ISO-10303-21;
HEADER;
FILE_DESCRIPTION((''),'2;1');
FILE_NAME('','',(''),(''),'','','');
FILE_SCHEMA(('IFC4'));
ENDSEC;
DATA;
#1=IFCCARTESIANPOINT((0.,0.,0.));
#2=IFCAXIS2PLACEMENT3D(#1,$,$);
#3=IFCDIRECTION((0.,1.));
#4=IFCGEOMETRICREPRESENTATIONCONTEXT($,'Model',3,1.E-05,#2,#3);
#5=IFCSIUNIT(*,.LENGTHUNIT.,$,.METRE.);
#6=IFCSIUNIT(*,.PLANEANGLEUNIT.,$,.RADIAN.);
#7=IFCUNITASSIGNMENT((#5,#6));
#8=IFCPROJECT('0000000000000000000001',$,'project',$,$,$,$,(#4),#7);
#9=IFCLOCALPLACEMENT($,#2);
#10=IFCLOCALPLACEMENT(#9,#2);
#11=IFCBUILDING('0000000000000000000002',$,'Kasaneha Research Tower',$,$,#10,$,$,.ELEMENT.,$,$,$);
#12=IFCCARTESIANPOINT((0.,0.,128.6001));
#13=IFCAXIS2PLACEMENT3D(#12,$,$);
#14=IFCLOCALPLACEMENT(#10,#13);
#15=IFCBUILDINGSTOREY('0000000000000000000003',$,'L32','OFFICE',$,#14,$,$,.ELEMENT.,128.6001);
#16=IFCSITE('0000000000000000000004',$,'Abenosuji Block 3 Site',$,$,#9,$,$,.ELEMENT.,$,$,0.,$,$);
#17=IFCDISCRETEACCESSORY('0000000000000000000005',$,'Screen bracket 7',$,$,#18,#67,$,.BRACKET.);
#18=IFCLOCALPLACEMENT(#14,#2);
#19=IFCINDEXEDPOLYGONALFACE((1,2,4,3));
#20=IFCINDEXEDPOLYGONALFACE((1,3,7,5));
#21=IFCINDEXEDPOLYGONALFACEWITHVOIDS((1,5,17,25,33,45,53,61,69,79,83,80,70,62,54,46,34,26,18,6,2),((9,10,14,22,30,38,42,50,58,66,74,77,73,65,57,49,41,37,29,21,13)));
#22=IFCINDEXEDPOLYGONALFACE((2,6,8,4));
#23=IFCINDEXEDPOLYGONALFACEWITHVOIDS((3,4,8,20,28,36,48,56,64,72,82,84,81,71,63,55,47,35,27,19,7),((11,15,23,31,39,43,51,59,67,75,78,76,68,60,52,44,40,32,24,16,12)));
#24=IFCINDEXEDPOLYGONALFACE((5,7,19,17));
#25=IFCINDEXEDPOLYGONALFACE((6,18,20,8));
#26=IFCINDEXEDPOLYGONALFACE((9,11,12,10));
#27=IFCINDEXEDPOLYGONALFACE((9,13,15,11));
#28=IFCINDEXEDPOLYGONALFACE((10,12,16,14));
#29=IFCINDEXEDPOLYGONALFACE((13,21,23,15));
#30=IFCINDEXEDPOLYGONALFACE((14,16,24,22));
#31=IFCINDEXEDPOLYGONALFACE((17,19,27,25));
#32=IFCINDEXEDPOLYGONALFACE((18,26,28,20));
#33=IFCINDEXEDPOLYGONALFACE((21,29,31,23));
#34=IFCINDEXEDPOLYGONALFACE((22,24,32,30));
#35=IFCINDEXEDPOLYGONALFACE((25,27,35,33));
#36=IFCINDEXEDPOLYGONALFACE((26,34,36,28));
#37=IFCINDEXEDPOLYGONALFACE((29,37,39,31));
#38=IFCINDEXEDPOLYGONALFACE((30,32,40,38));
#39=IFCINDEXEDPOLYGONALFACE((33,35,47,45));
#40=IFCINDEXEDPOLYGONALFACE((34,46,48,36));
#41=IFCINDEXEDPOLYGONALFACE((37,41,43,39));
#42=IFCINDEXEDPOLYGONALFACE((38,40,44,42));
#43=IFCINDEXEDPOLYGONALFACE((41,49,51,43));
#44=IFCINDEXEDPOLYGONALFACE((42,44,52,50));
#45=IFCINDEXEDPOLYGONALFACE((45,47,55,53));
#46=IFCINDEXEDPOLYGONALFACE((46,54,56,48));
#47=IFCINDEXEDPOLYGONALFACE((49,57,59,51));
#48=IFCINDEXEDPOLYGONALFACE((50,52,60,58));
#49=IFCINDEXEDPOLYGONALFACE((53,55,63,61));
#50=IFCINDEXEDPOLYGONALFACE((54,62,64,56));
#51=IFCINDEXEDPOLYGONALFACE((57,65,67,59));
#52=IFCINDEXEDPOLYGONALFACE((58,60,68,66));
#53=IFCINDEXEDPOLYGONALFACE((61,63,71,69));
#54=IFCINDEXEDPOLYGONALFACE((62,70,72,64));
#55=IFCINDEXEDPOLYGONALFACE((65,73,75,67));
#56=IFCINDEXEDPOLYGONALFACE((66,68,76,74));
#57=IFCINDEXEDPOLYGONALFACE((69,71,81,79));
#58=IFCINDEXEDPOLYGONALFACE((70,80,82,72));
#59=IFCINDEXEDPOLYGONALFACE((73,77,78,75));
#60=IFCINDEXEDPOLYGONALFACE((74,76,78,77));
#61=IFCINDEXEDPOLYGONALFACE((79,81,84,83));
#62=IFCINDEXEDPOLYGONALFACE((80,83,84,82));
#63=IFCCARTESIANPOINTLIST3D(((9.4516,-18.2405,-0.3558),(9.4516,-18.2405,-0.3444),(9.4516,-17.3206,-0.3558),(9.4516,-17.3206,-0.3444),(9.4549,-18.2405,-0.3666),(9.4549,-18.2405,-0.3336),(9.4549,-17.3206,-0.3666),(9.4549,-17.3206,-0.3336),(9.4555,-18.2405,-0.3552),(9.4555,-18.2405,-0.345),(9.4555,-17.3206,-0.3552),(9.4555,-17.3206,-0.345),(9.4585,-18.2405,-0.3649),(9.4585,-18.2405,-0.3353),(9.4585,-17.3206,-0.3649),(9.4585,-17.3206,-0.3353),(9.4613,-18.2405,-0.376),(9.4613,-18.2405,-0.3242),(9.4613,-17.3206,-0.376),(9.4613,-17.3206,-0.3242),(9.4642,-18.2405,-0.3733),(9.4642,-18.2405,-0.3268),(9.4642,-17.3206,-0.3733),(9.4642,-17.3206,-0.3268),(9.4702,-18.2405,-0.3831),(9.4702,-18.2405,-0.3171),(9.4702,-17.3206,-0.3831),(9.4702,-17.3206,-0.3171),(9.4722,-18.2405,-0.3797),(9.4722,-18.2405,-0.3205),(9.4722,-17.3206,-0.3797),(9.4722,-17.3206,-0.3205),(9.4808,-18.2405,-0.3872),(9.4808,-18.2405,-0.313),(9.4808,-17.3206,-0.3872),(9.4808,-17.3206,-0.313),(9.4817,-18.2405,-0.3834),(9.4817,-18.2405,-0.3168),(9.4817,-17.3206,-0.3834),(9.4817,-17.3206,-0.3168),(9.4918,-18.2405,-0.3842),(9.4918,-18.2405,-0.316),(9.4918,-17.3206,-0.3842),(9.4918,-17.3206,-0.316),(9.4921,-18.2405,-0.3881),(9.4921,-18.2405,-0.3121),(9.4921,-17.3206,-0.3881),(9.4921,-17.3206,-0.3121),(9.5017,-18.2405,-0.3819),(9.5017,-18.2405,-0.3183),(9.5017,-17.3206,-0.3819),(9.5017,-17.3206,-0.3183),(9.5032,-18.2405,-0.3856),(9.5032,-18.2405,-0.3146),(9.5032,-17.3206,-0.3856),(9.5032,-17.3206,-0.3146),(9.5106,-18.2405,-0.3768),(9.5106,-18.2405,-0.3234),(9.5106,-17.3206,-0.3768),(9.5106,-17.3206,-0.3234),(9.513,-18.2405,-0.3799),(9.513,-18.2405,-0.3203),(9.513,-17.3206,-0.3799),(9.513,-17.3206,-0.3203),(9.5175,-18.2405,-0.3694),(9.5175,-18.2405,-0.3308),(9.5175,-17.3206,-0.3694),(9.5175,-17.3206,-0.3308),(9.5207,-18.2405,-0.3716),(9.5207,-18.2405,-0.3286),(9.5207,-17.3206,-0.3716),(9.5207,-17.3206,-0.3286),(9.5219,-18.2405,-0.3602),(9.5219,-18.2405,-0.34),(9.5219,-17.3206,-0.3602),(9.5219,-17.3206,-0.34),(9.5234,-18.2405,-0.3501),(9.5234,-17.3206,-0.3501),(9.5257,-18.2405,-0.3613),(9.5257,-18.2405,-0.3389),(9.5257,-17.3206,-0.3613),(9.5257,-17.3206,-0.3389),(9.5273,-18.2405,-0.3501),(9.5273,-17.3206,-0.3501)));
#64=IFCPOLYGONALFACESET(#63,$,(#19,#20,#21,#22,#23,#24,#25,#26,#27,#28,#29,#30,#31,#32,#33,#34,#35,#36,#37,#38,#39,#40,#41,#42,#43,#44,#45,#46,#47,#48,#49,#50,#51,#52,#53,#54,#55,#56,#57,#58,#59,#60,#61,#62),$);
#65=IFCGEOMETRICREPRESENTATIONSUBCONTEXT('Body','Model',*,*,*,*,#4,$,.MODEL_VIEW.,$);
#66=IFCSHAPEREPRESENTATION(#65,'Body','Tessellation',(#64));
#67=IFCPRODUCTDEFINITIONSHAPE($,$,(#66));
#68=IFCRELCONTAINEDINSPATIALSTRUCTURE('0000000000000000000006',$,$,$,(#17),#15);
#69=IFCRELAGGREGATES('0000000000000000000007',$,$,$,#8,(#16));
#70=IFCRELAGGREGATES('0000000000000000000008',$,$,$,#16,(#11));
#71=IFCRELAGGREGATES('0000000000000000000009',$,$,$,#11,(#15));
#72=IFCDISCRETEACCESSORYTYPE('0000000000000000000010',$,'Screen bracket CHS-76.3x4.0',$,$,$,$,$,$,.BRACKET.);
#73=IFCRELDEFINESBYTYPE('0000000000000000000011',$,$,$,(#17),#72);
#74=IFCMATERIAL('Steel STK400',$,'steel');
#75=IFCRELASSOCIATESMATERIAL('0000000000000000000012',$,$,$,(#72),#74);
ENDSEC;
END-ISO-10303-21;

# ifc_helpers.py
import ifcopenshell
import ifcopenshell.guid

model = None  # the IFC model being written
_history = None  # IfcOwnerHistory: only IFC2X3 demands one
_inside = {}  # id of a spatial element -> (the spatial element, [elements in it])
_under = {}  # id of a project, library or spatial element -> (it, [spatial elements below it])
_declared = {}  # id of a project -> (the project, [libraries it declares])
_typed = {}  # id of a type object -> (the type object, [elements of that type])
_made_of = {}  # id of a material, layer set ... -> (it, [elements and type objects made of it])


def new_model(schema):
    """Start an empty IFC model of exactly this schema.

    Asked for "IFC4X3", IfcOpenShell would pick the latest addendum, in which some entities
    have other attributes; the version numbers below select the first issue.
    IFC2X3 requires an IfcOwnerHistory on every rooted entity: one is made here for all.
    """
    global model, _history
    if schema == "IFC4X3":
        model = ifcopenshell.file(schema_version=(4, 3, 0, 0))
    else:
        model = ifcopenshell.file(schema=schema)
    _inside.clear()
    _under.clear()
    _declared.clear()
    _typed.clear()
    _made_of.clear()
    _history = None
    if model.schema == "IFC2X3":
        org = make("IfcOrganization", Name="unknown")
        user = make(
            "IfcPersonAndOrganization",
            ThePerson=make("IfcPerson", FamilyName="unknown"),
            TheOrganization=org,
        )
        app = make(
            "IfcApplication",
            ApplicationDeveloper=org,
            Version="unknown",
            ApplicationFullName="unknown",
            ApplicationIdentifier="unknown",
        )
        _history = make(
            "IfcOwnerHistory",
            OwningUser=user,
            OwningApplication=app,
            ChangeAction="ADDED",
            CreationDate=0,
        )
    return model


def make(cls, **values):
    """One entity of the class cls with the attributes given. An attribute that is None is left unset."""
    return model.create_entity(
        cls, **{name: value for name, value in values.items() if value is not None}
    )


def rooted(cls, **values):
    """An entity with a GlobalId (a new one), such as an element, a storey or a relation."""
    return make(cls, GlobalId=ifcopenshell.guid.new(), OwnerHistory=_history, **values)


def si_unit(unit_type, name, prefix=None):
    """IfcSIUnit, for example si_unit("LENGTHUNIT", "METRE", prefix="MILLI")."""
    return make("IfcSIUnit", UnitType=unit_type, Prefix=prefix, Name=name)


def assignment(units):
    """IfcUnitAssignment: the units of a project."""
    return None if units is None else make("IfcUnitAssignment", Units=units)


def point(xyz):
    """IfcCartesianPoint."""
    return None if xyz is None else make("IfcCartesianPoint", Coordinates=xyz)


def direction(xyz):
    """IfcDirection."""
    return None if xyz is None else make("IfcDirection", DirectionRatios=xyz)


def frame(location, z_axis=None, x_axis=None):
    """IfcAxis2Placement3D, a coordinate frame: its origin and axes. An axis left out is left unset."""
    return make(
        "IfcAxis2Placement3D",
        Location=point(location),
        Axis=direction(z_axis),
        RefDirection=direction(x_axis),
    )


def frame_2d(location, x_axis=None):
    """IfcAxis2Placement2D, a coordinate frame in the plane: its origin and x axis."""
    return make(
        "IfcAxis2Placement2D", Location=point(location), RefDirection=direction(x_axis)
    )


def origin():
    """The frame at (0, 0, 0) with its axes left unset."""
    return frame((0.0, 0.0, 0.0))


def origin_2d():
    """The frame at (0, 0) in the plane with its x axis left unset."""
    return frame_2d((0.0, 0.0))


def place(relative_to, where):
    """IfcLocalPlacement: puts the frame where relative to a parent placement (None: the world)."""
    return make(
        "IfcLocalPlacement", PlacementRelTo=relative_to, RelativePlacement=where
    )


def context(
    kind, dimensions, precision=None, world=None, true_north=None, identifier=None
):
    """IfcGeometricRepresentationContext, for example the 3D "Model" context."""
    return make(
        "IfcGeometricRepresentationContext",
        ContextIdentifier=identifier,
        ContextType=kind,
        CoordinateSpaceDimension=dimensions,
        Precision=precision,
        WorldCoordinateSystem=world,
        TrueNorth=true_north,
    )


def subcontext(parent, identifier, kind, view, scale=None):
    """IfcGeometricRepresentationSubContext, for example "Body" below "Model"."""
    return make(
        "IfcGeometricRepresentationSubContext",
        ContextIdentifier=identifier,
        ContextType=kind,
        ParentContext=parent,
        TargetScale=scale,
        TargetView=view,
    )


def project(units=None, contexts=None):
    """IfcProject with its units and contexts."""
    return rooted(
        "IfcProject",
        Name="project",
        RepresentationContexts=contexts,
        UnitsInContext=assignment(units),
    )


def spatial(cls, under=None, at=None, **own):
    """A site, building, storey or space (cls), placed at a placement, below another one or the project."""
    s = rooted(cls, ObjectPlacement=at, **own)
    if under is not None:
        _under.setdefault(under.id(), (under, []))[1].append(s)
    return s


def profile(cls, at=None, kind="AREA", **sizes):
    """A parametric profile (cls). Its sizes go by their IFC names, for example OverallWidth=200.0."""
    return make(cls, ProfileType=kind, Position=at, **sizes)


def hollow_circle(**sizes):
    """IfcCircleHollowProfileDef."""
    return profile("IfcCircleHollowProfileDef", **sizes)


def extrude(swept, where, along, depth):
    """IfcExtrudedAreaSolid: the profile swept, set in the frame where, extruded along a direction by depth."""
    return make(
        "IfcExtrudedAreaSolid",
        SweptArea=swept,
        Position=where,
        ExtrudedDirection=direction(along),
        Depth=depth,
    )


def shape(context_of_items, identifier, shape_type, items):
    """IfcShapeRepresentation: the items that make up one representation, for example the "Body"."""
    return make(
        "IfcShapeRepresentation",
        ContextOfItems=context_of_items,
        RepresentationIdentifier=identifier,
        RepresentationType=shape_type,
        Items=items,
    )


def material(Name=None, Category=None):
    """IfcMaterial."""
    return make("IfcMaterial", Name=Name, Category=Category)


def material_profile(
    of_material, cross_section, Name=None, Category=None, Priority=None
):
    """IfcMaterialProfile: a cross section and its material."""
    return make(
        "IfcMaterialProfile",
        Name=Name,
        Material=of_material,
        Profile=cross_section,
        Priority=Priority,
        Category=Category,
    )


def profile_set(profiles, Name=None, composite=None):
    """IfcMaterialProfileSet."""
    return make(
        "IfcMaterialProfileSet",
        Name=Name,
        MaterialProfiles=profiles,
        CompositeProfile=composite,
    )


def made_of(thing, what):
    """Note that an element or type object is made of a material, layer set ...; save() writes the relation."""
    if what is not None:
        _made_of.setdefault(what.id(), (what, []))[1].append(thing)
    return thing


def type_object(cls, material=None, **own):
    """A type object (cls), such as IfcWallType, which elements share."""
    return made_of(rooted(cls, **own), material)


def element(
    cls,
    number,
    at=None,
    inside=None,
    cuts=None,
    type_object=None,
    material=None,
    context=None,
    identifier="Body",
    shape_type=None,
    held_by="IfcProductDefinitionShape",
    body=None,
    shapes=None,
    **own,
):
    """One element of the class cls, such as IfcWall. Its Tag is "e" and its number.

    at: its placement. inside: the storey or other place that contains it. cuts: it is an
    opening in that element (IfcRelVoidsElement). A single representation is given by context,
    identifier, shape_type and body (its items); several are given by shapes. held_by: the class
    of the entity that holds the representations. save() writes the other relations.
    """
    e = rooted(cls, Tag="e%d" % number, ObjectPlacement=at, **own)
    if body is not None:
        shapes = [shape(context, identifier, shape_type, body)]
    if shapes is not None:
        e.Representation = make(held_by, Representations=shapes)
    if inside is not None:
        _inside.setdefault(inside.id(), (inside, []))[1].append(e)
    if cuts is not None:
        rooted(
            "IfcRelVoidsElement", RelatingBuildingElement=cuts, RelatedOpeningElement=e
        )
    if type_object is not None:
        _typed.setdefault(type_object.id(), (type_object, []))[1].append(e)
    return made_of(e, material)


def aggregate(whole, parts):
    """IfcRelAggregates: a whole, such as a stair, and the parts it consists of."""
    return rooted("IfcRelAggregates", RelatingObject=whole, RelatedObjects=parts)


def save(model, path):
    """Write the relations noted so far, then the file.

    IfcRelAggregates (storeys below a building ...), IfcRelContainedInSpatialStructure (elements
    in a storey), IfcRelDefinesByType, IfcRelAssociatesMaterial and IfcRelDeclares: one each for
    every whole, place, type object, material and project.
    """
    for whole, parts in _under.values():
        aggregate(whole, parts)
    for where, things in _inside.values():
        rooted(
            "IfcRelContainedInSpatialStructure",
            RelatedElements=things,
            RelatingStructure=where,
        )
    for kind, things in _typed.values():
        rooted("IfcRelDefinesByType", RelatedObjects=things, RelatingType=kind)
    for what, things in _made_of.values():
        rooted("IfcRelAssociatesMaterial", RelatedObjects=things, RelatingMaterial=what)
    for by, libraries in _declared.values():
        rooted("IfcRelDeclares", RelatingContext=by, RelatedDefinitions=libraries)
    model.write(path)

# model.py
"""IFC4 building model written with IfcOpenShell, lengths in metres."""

from ifc_helpers import new_model, si_unit, direction, frame, origin, origin_2d, place, context, subcontext, project, spatial, hollow_circle, extrude, material, material_profile, profile_set, type_object, element, save


model = new_model("IFC4")

# Units and contexts
model_context = context("Model", 3, precision=1e-05, world=origin(), true_north=direction((0.0, 1.0)))
body_context = subcontext(model_context, "Body", "Model", "MODEL_VIEW")
ifc_project = project(units=[si_unit("LENGTHUNIT", "METRE"), si_unit("PLANEANGLEUNIT", "RADIAN")], contexts=[model_context])

# Site, building, storey
site_placement = place(None, origin())
site = spatial("IfcSite", under=ifc_project, at=site_placement, Name="Abenosuji Block 3 Site", CompositionType="ELEMENT", RefElevation=0.0)
building_placement = place(site_placement, origin())
building = spatial("IfcBuilding", under=site, at=building_placement, Name="Kasaneha Research Tower", CompositionType="ELEMENT")
storey_placement = place(building_placement, frame((0.0, 0.0, 128.6001)))
storey = spatial("IfcBuildingStorey", under=building, at=storey_placement, Name="L32", Description="OFFICE", CompositionType="ELEMENT", Elevation=128.6001)

# Discrete accessory
ifc_material_1 = material(Name="Steel STK400", Category="steel")
ifc_material_profile_1 = material_profile(ifc_material_1, hollow_circle(Radius=0.0381, WallThickness=0.0039, at=origin_2d()), Name="CHS-76.3x4.0")
ifc_profile_set_1 = profile_set([ifc_material_profile_1], Name="Steel STK400")
discrete_accessory_type = type_object("IfcDiscreteAccessoryType", Name="Screen bracket CHS-76.3x4.0", PredefinedType="BRACKET", material=ifc_profile_set_1)
for number, where, z_axis, x_axis, name in (
    (1, (9.4893, -17.3206, -0.3501), (0.0, -1.0, 0.0), (1.0, 0.0, 0.0), "Screen bracket 7"),
):
    element("IfcDiscreteAccessory", number, at=place(storey_placement, frame(where, z_axis=z_axis, x_axis=x_axis)), inside=storey, type_object=discrete_accessory_type, Name=name, PredefinedType="BRACKET", context=body_context, shape_type="SweptSolid", body=[
        extrude(hollow_circle(Radius=0.0381, WallThickness=0.0039, at=origin_2d()), origin(), (0.0, 0.0, 1.0), 0.9199),
    ])

save(model, "model.ifc")
